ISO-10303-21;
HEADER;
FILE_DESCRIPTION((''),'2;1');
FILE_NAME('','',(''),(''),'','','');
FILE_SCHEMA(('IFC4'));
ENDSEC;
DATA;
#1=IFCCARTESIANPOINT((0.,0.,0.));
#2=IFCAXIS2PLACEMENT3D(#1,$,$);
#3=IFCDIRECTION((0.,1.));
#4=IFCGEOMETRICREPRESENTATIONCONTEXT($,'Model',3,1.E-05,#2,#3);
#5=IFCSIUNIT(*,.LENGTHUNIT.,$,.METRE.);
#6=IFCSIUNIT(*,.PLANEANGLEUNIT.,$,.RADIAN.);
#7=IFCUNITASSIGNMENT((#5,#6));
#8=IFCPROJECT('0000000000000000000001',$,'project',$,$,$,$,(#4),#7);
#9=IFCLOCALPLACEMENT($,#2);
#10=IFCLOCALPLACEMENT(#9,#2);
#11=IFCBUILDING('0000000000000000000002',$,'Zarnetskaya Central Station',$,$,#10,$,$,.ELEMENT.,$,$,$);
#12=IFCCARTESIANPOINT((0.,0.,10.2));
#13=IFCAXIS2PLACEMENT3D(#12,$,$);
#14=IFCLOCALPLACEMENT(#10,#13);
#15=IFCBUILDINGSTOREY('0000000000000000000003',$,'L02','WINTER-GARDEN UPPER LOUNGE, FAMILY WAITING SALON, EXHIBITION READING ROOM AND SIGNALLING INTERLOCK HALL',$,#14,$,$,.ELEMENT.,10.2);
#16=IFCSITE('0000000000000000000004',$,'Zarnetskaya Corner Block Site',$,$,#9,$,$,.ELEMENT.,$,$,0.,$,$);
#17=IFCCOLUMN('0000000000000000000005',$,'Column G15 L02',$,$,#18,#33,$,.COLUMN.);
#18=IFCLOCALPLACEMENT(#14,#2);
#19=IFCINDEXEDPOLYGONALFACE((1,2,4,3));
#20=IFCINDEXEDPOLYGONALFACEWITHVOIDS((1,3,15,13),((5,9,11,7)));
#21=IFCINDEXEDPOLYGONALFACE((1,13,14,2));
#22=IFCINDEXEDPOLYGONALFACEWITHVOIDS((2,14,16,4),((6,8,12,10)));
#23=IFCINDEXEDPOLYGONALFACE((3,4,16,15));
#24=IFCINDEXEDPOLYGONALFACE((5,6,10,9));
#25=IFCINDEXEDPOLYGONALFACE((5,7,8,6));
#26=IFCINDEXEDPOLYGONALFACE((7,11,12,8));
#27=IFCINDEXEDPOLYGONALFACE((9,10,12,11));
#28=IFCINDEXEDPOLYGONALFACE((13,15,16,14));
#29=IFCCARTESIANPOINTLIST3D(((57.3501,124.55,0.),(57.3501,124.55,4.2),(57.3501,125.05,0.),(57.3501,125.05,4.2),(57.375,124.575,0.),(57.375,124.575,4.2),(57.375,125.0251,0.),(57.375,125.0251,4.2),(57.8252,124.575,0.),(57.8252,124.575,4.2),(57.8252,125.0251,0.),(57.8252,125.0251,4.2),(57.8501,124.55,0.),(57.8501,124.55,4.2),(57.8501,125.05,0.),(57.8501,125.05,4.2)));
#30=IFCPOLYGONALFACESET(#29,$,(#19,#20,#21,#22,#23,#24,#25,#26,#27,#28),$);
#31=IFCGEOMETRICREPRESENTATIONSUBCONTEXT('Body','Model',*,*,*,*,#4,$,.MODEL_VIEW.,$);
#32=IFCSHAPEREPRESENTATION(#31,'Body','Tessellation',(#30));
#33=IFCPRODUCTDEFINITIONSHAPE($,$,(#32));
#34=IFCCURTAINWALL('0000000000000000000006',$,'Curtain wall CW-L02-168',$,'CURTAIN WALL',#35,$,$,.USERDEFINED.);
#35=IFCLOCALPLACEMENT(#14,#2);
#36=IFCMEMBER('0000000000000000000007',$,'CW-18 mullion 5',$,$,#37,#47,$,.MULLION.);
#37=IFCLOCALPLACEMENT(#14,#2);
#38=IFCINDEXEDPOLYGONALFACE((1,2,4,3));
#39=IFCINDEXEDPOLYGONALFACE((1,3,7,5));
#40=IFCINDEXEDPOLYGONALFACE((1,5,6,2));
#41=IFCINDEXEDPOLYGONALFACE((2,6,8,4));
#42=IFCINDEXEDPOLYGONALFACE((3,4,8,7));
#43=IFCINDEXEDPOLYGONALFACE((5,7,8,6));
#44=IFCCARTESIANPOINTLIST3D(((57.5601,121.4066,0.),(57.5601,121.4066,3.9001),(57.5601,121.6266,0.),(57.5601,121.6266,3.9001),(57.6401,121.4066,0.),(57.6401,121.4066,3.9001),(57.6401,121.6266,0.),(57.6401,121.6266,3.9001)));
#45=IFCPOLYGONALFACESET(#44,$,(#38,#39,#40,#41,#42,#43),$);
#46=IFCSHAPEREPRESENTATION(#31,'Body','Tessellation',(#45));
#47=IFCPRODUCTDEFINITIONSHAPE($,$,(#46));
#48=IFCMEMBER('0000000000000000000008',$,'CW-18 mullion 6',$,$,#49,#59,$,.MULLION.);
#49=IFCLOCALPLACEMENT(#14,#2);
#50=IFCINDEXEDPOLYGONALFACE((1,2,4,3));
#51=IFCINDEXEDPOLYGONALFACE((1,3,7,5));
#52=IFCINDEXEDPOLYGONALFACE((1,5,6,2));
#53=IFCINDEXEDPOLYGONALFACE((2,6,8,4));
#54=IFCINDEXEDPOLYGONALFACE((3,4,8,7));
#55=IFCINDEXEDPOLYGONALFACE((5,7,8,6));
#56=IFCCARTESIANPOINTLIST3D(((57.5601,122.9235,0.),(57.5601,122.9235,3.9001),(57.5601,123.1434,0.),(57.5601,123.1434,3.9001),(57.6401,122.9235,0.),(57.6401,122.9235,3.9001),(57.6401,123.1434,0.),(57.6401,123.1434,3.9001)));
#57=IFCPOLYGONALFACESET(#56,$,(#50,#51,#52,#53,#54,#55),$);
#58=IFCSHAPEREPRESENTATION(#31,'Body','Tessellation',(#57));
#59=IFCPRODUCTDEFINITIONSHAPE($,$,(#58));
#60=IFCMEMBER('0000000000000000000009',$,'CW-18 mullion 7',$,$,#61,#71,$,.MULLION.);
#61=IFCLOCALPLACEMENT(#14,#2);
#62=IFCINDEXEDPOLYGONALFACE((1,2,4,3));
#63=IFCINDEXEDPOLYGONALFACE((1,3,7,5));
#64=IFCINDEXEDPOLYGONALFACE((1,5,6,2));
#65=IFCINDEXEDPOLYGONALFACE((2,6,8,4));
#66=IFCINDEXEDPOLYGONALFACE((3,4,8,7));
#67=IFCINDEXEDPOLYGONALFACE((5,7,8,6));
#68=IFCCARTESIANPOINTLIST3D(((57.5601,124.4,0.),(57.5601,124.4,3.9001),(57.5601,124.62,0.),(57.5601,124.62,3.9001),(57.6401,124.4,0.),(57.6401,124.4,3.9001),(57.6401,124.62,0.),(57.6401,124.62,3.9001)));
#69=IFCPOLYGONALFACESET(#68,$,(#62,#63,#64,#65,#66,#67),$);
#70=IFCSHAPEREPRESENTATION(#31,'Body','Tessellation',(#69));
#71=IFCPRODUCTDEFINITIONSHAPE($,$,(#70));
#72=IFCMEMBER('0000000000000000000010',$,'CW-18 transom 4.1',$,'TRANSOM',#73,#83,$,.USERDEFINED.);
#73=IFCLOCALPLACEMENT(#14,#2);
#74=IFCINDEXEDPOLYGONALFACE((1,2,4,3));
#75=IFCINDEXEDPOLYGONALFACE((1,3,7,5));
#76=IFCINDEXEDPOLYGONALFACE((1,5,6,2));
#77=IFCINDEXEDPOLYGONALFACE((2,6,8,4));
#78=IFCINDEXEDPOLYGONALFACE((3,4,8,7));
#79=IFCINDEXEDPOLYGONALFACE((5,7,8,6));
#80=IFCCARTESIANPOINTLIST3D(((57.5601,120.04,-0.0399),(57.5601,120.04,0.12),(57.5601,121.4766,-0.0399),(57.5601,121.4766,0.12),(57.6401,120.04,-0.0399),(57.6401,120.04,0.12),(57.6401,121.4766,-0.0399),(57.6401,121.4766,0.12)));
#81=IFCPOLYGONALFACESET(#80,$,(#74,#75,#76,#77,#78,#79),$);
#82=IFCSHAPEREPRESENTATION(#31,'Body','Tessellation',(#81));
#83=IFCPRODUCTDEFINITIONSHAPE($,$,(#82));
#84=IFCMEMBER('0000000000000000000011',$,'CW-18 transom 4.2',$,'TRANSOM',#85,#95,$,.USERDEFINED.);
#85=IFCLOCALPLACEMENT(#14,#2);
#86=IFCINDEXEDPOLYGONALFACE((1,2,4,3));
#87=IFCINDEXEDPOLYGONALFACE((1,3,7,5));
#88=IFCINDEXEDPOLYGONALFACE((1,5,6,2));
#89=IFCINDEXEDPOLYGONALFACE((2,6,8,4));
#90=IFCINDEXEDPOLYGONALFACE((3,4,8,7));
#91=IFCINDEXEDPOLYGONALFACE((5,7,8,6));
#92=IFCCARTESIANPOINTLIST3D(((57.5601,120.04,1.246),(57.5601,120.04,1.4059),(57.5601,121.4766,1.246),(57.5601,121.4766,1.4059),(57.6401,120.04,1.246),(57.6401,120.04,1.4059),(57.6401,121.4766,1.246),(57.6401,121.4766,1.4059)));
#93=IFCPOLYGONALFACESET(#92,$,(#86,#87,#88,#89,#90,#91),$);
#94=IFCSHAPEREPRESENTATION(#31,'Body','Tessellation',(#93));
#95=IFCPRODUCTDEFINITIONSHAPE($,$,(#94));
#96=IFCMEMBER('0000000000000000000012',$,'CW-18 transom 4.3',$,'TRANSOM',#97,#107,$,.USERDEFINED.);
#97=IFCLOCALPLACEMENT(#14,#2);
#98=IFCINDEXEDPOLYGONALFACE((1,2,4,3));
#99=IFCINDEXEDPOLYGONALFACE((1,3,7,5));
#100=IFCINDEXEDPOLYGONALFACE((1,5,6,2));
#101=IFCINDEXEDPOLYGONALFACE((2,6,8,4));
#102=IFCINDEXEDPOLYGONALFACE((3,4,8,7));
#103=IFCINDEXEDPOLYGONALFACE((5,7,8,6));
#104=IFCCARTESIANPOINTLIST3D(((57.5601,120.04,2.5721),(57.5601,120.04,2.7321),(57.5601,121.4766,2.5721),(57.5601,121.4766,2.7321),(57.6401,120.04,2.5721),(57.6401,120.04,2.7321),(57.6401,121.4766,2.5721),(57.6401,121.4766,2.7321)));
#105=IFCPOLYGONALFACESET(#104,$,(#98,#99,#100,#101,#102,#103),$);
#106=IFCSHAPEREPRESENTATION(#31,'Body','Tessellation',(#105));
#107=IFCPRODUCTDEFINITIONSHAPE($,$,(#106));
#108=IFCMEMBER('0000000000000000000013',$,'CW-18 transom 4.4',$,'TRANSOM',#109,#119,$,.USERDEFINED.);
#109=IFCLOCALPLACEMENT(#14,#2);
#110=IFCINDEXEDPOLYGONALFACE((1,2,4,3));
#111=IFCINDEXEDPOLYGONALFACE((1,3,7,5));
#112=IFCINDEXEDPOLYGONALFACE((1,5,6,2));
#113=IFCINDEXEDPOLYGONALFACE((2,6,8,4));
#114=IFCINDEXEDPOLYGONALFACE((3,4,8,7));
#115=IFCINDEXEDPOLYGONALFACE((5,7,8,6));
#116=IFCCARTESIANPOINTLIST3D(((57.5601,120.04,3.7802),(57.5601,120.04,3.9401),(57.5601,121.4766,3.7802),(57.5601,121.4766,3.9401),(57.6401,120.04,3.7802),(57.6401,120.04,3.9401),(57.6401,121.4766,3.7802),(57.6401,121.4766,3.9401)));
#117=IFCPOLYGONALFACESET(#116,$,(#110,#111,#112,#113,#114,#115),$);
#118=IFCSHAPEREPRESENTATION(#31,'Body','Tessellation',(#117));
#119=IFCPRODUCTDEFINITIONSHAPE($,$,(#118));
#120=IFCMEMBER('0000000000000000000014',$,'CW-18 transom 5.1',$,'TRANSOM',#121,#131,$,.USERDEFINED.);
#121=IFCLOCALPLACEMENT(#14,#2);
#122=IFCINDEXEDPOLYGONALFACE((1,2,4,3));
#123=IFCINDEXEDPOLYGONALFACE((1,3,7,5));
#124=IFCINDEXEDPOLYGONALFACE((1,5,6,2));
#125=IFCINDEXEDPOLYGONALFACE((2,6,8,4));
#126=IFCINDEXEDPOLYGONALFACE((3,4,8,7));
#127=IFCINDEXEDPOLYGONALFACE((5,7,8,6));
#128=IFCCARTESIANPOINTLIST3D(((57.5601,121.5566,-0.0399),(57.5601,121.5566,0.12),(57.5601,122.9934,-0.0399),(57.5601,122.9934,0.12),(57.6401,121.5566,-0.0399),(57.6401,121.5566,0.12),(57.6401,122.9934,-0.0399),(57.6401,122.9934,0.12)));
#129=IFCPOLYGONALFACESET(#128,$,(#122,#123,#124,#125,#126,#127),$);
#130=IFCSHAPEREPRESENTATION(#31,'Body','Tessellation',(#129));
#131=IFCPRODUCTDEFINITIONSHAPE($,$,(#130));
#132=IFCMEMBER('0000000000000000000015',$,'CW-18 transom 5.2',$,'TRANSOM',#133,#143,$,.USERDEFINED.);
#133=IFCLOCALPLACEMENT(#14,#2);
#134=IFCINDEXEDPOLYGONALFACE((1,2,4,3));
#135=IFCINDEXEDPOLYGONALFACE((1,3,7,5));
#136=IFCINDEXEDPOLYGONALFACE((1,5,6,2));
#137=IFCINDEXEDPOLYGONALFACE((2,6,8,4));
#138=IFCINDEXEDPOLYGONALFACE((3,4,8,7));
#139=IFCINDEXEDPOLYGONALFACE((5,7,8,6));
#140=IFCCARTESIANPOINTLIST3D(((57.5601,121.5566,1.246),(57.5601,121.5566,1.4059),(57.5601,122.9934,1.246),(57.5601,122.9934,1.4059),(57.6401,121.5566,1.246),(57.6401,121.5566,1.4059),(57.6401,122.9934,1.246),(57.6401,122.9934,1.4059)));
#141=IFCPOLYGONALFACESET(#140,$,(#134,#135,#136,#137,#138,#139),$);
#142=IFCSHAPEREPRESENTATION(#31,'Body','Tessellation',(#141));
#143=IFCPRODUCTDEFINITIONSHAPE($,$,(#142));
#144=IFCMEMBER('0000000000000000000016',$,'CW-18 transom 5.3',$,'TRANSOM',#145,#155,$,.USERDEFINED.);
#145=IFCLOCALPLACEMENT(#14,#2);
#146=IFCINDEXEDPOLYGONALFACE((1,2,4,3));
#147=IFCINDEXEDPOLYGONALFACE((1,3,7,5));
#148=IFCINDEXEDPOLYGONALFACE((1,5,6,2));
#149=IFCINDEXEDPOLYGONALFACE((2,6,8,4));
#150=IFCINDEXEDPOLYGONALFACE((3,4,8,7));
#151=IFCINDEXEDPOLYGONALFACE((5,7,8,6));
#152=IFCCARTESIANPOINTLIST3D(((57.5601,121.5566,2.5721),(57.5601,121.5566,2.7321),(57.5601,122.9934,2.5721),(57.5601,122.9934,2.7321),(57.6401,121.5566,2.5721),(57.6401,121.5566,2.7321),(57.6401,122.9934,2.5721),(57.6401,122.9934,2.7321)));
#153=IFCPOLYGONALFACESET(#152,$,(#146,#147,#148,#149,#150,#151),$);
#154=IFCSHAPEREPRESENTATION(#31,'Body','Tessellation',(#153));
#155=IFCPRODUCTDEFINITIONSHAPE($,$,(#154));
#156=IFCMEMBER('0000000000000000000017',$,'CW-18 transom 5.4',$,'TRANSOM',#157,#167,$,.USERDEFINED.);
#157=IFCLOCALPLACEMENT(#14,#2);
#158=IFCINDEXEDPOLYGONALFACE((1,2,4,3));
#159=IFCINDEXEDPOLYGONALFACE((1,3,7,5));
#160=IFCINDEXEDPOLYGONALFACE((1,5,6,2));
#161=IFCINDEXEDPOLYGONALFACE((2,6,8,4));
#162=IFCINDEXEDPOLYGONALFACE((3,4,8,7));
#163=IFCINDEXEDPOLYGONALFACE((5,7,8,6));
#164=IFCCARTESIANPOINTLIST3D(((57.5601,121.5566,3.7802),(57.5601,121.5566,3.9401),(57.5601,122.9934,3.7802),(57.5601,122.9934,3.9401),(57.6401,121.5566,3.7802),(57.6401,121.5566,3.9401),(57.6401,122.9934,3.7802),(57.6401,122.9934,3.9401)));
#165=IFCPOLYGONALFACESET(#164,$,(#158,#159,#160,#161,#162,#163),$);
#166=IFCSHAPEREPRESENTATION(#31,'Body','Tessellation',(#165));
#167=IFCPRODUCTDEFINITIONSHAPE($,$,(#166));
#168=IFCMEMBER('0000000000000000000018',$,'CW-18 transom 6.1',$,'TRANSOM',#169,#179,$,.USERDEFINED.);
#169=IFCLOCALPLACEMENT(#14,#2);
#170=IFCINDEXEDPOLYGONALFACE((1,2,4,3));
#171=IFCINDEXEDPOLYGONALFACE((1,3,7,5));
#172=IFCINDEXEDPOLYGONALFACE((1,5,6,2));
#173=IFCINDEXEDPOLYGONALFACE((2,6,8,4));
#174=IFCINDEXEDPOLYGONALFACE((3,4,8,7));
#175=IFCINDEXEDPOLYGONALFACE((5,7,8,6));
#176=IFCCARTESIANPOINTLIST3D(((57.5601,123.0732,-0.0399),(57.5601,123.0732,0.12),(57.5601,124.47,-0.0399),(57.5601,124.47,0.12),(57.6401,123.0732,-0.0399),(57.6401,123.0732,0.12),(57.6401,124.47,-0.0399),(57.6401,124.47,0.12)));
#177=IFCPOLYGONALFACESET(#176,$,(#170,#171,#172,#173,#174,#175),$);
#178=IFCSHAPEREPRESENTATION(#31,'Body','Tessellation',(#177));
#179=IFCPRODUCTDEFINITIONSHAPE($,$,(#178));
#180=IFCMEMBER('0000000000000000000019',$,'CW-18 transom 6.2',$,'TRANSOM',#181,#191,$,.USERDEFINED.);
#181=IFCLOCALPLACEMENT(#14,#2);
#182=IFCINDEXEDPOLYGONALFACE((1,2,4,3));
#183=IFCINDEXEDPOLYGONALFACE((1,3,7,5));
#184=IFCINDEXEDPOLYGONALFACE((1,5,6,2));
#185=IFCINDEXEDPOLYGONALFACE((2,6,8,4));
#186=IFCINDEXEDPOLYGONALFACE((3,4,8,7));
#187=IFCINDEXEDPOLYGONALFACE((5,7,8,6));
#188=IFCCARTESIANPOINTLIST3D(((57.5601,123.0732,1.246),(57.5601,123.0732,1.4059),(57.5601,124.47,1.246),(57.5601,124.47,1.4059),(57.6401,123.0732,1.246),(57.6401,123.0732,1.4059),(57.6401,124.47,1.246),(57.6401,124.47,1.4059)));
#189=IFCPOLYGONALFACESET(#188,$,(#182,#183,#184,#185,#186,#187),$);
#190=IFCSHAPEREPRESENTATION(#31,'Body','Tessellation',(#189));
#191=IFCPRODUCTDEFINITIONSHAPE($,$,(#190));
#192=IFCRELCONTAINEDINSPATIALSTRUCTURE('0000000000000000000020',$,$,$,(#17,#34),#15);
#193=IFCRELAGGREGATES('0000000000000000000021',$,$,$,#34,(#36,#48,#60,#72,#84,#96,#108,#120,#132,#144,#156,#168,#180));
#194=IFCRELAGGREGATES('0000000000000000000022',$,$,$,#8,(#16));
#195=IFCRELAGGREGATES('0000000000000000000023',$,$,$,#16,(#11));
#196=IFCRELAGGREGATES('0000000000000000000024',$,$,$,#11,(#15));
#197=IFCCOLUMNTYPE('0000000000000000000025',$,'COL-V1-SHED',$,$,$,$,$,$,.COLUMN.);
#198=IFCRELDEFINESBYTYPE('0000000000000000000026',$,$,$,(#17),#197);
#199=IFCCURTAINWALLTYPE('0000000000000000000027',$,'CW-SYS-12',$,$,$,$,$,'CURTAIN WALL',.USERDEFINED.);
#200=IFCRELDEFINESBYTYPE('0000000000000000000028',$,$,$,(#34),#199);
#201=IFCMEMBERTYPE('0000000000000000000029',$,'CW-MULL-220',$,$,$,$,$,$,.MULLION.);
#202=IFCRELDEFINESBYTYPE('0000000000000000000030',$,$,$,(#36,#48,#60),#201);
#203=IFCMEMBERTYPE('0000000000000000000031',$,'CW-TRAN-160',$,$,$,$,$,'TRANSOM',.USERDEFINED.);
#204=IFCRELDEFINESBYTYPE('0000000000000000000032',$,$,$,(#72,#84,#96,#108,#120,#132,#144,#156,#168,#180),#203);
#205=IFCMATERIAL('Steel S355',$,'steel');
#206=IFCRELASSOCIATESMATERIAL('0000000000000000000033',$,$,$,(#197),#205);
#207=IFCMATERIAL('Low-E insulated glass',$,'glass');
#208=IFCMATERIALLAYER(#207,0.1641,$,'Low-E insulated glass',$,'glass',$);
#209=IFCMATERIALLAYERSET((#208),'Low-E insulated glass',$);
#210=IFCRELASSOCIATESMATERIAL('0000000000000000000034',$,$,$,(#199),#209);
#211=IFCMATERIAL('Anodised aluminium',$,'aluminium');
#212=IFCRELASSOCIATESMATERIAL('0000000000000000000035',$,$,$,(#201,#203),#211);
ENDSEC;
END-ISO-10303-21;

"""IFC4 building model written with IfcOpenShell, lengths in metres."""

from ifc_helpers import new_model, si_unit, direction, frame, origin, origin_2d, place, context, subcontext, project, spatial, rectangle, hollow_rectangle, extrude, material, layer, layer_set, material_profile, profile_set, type_object, element, aggregate, save


model = new_model("IFC4")

# Units and contexts
model_context = context("Model", 3, precision=1e-05, world=origin(), true_north=direction((0.0, 1.0)))
body_context = subcontext(model_context, "Body", "Model", "MODEL_VIEW")
ifc_project = project(units=[si_unit("LENGTHUNIT", "METRE"), si_unit("PLANEANGLEUNIT", "RADIAN")], contexts=[model_context])

# Site, building, storey
site_placement = place(None, origin())
site = spatial("IfcSite", under=ifc_project, at=site_placement, Name="Zarnetskaya Corner Block Site", CompositionType="ELEMENT", RefElevation=0.0)
building_placement = place(site_placement, origin())
building = spatial("IfcBuilding", under=site, at=building_placement, Name="Zarnetskaya Central Station", CompositionType="ELEMENT")
storey_placement = place(building_placement, frame((0.0, 0.0, 10.2)))
storey = spatial("IfcBuildingStorey", under=building, at=storey_placement, Name="L02", Description="WINTER-GARDEN UPPER LOUNGE, FAMILY WAITING SALON, EXHIBITION READING ROOM AND SIGNALLING INTERLOCK HALL", CompositionType="ELEMENT", Elevation=10.2)

# Column
ifc_material_1 = material(Name="Steel S355", Category="steel")
ifc_material_profile_1 = material_profile(ifc_material_1, hollow_rectangle(XDim=0.5, YDim=0.5, WallThickness=0.0249, at=origin_2d()), Name="BOX 500x500x25")
ifc_profile_set_1 = profile_set([ifc_material_profile_1], Name="Steel S355")
column_type = type_object("IfcColumnType", Name="COL-V1-SHED", PredefinedType="COLUMN", material=ifc_profile_set_1)
column_placement = place(storey_placement, frame((57.6001, 124.8, 0.0), z_axis=(0.0, 0.0, 1.0), x_axis=(1.0, 0.0, 0.0)))
element("IfcColumn", 1, at=column_placement, inside=storey, type_object=column_type, Name="Column G15 L02", PredefinedType="COLUMN", context=body_context, shape_type="SweptSolid", body=[
    extrude(hollow_rectangle(XDim=0.5, YDim=0.5, WallThickness=0.0249, at=origin_2d()), origin(), (0.0, 0.0, 1.0), 4.2),
])

# Curtain wall, members
ifc_material_2 = material(Name="Low-E insulated glass", Category="glass")
ifc_layer_1 = layer(ifc_material_2, 0.1641, Name="Low-E insulated glass", Category="glass")
ifc_layer_set_1 = layer_set([ifc_layer_1], Name="Low-E insulated glass")
curtain_wall_type = type_object("IfcCurtainWallType", Name="CW-SYS-12", ElementType="CURTAIN WALL", PredefinedType="USERDEFINED", material=ifc_layer_set_1)
curtain_wall_placement = place(storey_placement, origin())
curtain_wall = element("IfcCurtainWall", 2, at=curtain_wall_placement, inside=storey, type_object=curtain_wall_type, Name="Curtain wall CW-L02-168", ObjectType="CURTAIN WALL", PredefinedType="USERDEFINED")
ifc_material_3 = material(Name="Anodised aluminium", Category="aluminium")
ifc_material_profile_2 = material_profile(ifc_material_3, rectangle(XDim=0.0801, YDim=0.22, at=origin_2d()), Name="ALU MULL 80x220")
ifc_profile_set_2 = profile_set([ifc_material_profile_2], Name="Anodised aluminium")
member_type_1 = type_object("IfcMemberType", Name="CW-MULL-220", PredefinedType="MULLION", material=ifc_profile_set_2)
member_1_placement = place(storey_placement, frame((57.6001, 121.5166, 0.0), z_axis=(0.0, 0.0, 1.0), x_axis=(-1.0, 0.0, 0.0)))
member_1 = element("IfcMember", 3, at=member_1_placement, type_object=member_type_1, Name="CW-18 mullion 5", PredefinedType="MULLION", context=body_context, shape_type="SweptSolid", body=[
    extrude(rectangle(XDim=0.0801, YDim=0.22, at=origin_2d()), origin(), (0.0, 0.0, 1.0), 3.9001),
])
member_2_placement = place(storey_placement, frame((57.6001, 123.0334, 0.0), z_axis=(0.0, 0.0, 1.0), x_axis=(-1.0, 0.0, 0.0)))
member_2 = element("IfcMember", 4, at=member_2_placement, type_object=member_type_1, Name="CW-18 mullion 6", PredefinedType="MULLION", context=body_context, shape_type="SweptSolid", body=[
    extrude(rectangle(XDim=0.0801, YDim=0.22, at=origin_2d()), origin(), (0.0, 0.0, 1.0), 3.9001),
])
member_3_placement = place(storey_placement, frame((57.6001, 124.51, 0.0), z_axis=(0.0, 0.0, 1.0), x_axis=(-1.0, 0.0, 0.0)))
member_3 = element("IfcMember", 5, at=member_3_placement, type_object=member_type_1, Name="CW-18 mullion 7", PredefinedType="MULLION", context=body_context, shape_type="SweptSolid", body=[
    extrude(rectangle(XDim=0.0801, YDim=0.22, at=origin_2d()), origin(), (0.0, 0.0, 1.0), 3.9001),
])
ifc_material_profile_3 = material_profile(ifc_material_3, rectangle(XDim=0.0801, YDim=0.1599, at=origin_2d()), Name="ALU TRAN 80x160")
ifc_profile_set_3 = profile_set([ifc_material_profile_3], Name="Anodised aluminium")
member_type_2 = type_object("IfcMemberType", Name="CW-TRAN-160", ElementType="TRANSOM", PredefinedType="USERDEFINED", material=ifc_profile_set_3)
member_4_placement = place(storey_placement, frame((57.6001, 120.04, 0.04), z_axis=(0.0, 1.0, 0.0), x_axis=(-1.0, 0.0, 0.0)))
member_4 = element("IfcMember", 6, at=member_4_placement, type_object=member_type_2, Name="CW-18 transom 4.1", ObjectType="TRANSOM", PredefinedType="USERDEFINED", context=body_context, shape_type="SweptSolid", body=[
    extrude(rectangle(XDim=0.0801, YDim=0.1599, at=origin_2d()), origin(), (0.0, 0.0, 1.0), 1.4365),
])
member_5_placement = place(storey_placement, frame((57.6001, 120.04, 1.3259), z_axis=(0.0, 1.0, 0.0), x_axis=(-1.0, 0.0, 0.0)))
member_5 = element("IfcMember", 7, at=member_5_placement, type_object=member_type_2, Name="CW-18 transom 4.2", ObjectType="TRANSOM", PredefinedType="USERDEFINED", context=body_context, shape_type="SweptSolid", body=[
    extrude(rectangle(XDim=0.0801, YDim=0.1599, at=origin_2d()), origin(), (0.0, 0.0, 1.0), 1.4365),
])
member_6_placement = place(storey_placement, frame((57.6001, 120.04, 2.6521), z_axis=(0.0, 1.0, 0.0), x_axis=(-1.0, 0.0, 0.0)))
member_6 = element("IfcMember", 8, at=member_6_placement, type_object=member_type_2, Name="CW-18 transom 4.3", ObjectType="TRANSOM", PredefinedType="USERDEFINED", context=body_context, shape_type="SweptSolid", body=[
    extrude(rectangle(XDim=0.0801, YDim=0.1599, at=origin_2d()), origin(), (0.0, 0.0, 1.0), 1.4365),
])
member_7_placement = place(storey_placement, frame((57.6001, 120.04, 3.8601), z_axis=(0.0, 1.0, 0.0), x_axis=(-1.0, 0.0, 0.0)))
member_7 = element("IfcMember", 9, at=member_7_placement, type_object=member_type_2, Name="CW-18 transom 4.4", ObjectType="TRANSOM", PredefinedType="USERDEFINED", context=body_context, shape_type="SweptSolid", body=[
    extrude(rectangle(XDim=0.0801, YDim=0.1599, at=origin_2d()), origin(), (0.0, 0.0, 1.0), 1.4365),
])
member_8_placement = place(storey_placement, frame((57.6001, 121.5566, 0.04), z_axis=(0.0, 1.0, 0.0), x_axis=(-1.0, 0.0, 0.0)))
member_8 = element("IfcMember", 10, at=member_8_placement, type_object=member_type_2, Name="CW-18 transom 5.1", ObjectType="TRANSOM", PredefinedType="USERDEFINED", context=body_context, shape_type="SweptSolid", body=[
    extrude(rectangle(XDim=0.0801, YDim=0.1599, at=origin_2d()), origin(), (0.0, 0.0, 1.0), 1.4368),
])
member_9_placement = place(storey_placement, frame((57.6001, 121.5566, 1.3259), z_axis=(0.0, 1.0, 0.0), x_axis=(-1.0, 0.0, 0.0)))
member_9 = element("IfcMember", 11, at=member_9_placement, type_object=member_type_2, Name="CW-18 transom 5.2", ObjectType="TRANSOM", PredefinedType="USERDEFINED", context=body_context, shape_type="SweptSolid", body=[
    extrude(rectangle(XDim=0.0801, YDim=0.1599, at=origin_2d()), origin(), (0.0, 0.0, 1.0), 1.4368),
])
member_10_placement = place(storey_placement, frame((57.6001, 121.5566, 2.6521), z_axis=(0.0, 1.0, 0.0), x_axis=(-1.0, 0.0, 0.0)))
member_10 = element("IfcMember", 12, at=member_10_placement, type_object=member_type_2, Name="CW-18 transom 5.3", ObjectType="TRANSOM", PredefinedType="USERDEFINED", context=body_context, shape_type="SweptSolid", body=[
    extrude(rectangle(XDim=0.0801, YDim=0.1599, at=origin_2d()), origin(), (0.0, 0.0, 1.0), 1.4368),
])
member_11_placement = place(storey_placement, frame((57.6001, 121.5566, 3.8601), z_axis=(0.0, 1.0, 0.0), x_axis=(-1.0, 0.0, 0.0)))
member_11 = element("IfcMember", 13, at=member_11_placement, type_object=member_type_2, Name="CW-18 transom 5.4", ObjectType="TRANSOM", PredefinedType="USERDEFINED", context=body_context, shape_type="SweptSolid", body=[
    extrude(rectangle(XDim=0.0801, YDim=0.1599, at=origin_2d()), origin(), (0.0, 0.0, 1.0), 1.4368),
])
member_12_placement = place(storey_placement, frame((57.6001, 123.0732, 0.04), z_axis=(0.0, 1.0, 0.0), x_axis=(-1.0, 0.0, 0.0)))
member_12 = element("IfcMember", 14, at=member_12_placement, type_object=member_type_2, Name="CW-18 transom 6.1", ObjectType="TRANSOM", PredefinedType="USERDEFINED", context=body_context, shape_type="SweptSolid", body=[
    extrude(rectangle(XDim=0.0801, YDim=0.1599, at=origin_2d()), origin(), (0.0, 0.0, 1.0), 1.3967),
])
member_13_placement = place(storey_placement, frame((57.6001, 123.0732, 1.3259), z_axis=(0.0, 1.0, 0.0), x_axis=(-1.0, 0.0, 0.0)))
member_13 = element("IfcMember", 15, at=member_13_placement, type_object=member_type_2, Name="CW-18 transom 6.2", ObjectType="TRANSOM", PredefinedType="USERDEFINED", context=body_context, shape_type="SweptSolid", body=[
    extrude(rectangle(XDim=0.0801, YDim=0.1599, at=origin_2d()), origin(), (0.0, 0.0, 1.0), 1.3967),
])
aggregate(curtain_wall, [member_1, member_2, member_3, member_4, member_5, member_6, member_7, member_8, member_9, member_10, member_11, member_12, member_13])

save(model, "model.ifc")
